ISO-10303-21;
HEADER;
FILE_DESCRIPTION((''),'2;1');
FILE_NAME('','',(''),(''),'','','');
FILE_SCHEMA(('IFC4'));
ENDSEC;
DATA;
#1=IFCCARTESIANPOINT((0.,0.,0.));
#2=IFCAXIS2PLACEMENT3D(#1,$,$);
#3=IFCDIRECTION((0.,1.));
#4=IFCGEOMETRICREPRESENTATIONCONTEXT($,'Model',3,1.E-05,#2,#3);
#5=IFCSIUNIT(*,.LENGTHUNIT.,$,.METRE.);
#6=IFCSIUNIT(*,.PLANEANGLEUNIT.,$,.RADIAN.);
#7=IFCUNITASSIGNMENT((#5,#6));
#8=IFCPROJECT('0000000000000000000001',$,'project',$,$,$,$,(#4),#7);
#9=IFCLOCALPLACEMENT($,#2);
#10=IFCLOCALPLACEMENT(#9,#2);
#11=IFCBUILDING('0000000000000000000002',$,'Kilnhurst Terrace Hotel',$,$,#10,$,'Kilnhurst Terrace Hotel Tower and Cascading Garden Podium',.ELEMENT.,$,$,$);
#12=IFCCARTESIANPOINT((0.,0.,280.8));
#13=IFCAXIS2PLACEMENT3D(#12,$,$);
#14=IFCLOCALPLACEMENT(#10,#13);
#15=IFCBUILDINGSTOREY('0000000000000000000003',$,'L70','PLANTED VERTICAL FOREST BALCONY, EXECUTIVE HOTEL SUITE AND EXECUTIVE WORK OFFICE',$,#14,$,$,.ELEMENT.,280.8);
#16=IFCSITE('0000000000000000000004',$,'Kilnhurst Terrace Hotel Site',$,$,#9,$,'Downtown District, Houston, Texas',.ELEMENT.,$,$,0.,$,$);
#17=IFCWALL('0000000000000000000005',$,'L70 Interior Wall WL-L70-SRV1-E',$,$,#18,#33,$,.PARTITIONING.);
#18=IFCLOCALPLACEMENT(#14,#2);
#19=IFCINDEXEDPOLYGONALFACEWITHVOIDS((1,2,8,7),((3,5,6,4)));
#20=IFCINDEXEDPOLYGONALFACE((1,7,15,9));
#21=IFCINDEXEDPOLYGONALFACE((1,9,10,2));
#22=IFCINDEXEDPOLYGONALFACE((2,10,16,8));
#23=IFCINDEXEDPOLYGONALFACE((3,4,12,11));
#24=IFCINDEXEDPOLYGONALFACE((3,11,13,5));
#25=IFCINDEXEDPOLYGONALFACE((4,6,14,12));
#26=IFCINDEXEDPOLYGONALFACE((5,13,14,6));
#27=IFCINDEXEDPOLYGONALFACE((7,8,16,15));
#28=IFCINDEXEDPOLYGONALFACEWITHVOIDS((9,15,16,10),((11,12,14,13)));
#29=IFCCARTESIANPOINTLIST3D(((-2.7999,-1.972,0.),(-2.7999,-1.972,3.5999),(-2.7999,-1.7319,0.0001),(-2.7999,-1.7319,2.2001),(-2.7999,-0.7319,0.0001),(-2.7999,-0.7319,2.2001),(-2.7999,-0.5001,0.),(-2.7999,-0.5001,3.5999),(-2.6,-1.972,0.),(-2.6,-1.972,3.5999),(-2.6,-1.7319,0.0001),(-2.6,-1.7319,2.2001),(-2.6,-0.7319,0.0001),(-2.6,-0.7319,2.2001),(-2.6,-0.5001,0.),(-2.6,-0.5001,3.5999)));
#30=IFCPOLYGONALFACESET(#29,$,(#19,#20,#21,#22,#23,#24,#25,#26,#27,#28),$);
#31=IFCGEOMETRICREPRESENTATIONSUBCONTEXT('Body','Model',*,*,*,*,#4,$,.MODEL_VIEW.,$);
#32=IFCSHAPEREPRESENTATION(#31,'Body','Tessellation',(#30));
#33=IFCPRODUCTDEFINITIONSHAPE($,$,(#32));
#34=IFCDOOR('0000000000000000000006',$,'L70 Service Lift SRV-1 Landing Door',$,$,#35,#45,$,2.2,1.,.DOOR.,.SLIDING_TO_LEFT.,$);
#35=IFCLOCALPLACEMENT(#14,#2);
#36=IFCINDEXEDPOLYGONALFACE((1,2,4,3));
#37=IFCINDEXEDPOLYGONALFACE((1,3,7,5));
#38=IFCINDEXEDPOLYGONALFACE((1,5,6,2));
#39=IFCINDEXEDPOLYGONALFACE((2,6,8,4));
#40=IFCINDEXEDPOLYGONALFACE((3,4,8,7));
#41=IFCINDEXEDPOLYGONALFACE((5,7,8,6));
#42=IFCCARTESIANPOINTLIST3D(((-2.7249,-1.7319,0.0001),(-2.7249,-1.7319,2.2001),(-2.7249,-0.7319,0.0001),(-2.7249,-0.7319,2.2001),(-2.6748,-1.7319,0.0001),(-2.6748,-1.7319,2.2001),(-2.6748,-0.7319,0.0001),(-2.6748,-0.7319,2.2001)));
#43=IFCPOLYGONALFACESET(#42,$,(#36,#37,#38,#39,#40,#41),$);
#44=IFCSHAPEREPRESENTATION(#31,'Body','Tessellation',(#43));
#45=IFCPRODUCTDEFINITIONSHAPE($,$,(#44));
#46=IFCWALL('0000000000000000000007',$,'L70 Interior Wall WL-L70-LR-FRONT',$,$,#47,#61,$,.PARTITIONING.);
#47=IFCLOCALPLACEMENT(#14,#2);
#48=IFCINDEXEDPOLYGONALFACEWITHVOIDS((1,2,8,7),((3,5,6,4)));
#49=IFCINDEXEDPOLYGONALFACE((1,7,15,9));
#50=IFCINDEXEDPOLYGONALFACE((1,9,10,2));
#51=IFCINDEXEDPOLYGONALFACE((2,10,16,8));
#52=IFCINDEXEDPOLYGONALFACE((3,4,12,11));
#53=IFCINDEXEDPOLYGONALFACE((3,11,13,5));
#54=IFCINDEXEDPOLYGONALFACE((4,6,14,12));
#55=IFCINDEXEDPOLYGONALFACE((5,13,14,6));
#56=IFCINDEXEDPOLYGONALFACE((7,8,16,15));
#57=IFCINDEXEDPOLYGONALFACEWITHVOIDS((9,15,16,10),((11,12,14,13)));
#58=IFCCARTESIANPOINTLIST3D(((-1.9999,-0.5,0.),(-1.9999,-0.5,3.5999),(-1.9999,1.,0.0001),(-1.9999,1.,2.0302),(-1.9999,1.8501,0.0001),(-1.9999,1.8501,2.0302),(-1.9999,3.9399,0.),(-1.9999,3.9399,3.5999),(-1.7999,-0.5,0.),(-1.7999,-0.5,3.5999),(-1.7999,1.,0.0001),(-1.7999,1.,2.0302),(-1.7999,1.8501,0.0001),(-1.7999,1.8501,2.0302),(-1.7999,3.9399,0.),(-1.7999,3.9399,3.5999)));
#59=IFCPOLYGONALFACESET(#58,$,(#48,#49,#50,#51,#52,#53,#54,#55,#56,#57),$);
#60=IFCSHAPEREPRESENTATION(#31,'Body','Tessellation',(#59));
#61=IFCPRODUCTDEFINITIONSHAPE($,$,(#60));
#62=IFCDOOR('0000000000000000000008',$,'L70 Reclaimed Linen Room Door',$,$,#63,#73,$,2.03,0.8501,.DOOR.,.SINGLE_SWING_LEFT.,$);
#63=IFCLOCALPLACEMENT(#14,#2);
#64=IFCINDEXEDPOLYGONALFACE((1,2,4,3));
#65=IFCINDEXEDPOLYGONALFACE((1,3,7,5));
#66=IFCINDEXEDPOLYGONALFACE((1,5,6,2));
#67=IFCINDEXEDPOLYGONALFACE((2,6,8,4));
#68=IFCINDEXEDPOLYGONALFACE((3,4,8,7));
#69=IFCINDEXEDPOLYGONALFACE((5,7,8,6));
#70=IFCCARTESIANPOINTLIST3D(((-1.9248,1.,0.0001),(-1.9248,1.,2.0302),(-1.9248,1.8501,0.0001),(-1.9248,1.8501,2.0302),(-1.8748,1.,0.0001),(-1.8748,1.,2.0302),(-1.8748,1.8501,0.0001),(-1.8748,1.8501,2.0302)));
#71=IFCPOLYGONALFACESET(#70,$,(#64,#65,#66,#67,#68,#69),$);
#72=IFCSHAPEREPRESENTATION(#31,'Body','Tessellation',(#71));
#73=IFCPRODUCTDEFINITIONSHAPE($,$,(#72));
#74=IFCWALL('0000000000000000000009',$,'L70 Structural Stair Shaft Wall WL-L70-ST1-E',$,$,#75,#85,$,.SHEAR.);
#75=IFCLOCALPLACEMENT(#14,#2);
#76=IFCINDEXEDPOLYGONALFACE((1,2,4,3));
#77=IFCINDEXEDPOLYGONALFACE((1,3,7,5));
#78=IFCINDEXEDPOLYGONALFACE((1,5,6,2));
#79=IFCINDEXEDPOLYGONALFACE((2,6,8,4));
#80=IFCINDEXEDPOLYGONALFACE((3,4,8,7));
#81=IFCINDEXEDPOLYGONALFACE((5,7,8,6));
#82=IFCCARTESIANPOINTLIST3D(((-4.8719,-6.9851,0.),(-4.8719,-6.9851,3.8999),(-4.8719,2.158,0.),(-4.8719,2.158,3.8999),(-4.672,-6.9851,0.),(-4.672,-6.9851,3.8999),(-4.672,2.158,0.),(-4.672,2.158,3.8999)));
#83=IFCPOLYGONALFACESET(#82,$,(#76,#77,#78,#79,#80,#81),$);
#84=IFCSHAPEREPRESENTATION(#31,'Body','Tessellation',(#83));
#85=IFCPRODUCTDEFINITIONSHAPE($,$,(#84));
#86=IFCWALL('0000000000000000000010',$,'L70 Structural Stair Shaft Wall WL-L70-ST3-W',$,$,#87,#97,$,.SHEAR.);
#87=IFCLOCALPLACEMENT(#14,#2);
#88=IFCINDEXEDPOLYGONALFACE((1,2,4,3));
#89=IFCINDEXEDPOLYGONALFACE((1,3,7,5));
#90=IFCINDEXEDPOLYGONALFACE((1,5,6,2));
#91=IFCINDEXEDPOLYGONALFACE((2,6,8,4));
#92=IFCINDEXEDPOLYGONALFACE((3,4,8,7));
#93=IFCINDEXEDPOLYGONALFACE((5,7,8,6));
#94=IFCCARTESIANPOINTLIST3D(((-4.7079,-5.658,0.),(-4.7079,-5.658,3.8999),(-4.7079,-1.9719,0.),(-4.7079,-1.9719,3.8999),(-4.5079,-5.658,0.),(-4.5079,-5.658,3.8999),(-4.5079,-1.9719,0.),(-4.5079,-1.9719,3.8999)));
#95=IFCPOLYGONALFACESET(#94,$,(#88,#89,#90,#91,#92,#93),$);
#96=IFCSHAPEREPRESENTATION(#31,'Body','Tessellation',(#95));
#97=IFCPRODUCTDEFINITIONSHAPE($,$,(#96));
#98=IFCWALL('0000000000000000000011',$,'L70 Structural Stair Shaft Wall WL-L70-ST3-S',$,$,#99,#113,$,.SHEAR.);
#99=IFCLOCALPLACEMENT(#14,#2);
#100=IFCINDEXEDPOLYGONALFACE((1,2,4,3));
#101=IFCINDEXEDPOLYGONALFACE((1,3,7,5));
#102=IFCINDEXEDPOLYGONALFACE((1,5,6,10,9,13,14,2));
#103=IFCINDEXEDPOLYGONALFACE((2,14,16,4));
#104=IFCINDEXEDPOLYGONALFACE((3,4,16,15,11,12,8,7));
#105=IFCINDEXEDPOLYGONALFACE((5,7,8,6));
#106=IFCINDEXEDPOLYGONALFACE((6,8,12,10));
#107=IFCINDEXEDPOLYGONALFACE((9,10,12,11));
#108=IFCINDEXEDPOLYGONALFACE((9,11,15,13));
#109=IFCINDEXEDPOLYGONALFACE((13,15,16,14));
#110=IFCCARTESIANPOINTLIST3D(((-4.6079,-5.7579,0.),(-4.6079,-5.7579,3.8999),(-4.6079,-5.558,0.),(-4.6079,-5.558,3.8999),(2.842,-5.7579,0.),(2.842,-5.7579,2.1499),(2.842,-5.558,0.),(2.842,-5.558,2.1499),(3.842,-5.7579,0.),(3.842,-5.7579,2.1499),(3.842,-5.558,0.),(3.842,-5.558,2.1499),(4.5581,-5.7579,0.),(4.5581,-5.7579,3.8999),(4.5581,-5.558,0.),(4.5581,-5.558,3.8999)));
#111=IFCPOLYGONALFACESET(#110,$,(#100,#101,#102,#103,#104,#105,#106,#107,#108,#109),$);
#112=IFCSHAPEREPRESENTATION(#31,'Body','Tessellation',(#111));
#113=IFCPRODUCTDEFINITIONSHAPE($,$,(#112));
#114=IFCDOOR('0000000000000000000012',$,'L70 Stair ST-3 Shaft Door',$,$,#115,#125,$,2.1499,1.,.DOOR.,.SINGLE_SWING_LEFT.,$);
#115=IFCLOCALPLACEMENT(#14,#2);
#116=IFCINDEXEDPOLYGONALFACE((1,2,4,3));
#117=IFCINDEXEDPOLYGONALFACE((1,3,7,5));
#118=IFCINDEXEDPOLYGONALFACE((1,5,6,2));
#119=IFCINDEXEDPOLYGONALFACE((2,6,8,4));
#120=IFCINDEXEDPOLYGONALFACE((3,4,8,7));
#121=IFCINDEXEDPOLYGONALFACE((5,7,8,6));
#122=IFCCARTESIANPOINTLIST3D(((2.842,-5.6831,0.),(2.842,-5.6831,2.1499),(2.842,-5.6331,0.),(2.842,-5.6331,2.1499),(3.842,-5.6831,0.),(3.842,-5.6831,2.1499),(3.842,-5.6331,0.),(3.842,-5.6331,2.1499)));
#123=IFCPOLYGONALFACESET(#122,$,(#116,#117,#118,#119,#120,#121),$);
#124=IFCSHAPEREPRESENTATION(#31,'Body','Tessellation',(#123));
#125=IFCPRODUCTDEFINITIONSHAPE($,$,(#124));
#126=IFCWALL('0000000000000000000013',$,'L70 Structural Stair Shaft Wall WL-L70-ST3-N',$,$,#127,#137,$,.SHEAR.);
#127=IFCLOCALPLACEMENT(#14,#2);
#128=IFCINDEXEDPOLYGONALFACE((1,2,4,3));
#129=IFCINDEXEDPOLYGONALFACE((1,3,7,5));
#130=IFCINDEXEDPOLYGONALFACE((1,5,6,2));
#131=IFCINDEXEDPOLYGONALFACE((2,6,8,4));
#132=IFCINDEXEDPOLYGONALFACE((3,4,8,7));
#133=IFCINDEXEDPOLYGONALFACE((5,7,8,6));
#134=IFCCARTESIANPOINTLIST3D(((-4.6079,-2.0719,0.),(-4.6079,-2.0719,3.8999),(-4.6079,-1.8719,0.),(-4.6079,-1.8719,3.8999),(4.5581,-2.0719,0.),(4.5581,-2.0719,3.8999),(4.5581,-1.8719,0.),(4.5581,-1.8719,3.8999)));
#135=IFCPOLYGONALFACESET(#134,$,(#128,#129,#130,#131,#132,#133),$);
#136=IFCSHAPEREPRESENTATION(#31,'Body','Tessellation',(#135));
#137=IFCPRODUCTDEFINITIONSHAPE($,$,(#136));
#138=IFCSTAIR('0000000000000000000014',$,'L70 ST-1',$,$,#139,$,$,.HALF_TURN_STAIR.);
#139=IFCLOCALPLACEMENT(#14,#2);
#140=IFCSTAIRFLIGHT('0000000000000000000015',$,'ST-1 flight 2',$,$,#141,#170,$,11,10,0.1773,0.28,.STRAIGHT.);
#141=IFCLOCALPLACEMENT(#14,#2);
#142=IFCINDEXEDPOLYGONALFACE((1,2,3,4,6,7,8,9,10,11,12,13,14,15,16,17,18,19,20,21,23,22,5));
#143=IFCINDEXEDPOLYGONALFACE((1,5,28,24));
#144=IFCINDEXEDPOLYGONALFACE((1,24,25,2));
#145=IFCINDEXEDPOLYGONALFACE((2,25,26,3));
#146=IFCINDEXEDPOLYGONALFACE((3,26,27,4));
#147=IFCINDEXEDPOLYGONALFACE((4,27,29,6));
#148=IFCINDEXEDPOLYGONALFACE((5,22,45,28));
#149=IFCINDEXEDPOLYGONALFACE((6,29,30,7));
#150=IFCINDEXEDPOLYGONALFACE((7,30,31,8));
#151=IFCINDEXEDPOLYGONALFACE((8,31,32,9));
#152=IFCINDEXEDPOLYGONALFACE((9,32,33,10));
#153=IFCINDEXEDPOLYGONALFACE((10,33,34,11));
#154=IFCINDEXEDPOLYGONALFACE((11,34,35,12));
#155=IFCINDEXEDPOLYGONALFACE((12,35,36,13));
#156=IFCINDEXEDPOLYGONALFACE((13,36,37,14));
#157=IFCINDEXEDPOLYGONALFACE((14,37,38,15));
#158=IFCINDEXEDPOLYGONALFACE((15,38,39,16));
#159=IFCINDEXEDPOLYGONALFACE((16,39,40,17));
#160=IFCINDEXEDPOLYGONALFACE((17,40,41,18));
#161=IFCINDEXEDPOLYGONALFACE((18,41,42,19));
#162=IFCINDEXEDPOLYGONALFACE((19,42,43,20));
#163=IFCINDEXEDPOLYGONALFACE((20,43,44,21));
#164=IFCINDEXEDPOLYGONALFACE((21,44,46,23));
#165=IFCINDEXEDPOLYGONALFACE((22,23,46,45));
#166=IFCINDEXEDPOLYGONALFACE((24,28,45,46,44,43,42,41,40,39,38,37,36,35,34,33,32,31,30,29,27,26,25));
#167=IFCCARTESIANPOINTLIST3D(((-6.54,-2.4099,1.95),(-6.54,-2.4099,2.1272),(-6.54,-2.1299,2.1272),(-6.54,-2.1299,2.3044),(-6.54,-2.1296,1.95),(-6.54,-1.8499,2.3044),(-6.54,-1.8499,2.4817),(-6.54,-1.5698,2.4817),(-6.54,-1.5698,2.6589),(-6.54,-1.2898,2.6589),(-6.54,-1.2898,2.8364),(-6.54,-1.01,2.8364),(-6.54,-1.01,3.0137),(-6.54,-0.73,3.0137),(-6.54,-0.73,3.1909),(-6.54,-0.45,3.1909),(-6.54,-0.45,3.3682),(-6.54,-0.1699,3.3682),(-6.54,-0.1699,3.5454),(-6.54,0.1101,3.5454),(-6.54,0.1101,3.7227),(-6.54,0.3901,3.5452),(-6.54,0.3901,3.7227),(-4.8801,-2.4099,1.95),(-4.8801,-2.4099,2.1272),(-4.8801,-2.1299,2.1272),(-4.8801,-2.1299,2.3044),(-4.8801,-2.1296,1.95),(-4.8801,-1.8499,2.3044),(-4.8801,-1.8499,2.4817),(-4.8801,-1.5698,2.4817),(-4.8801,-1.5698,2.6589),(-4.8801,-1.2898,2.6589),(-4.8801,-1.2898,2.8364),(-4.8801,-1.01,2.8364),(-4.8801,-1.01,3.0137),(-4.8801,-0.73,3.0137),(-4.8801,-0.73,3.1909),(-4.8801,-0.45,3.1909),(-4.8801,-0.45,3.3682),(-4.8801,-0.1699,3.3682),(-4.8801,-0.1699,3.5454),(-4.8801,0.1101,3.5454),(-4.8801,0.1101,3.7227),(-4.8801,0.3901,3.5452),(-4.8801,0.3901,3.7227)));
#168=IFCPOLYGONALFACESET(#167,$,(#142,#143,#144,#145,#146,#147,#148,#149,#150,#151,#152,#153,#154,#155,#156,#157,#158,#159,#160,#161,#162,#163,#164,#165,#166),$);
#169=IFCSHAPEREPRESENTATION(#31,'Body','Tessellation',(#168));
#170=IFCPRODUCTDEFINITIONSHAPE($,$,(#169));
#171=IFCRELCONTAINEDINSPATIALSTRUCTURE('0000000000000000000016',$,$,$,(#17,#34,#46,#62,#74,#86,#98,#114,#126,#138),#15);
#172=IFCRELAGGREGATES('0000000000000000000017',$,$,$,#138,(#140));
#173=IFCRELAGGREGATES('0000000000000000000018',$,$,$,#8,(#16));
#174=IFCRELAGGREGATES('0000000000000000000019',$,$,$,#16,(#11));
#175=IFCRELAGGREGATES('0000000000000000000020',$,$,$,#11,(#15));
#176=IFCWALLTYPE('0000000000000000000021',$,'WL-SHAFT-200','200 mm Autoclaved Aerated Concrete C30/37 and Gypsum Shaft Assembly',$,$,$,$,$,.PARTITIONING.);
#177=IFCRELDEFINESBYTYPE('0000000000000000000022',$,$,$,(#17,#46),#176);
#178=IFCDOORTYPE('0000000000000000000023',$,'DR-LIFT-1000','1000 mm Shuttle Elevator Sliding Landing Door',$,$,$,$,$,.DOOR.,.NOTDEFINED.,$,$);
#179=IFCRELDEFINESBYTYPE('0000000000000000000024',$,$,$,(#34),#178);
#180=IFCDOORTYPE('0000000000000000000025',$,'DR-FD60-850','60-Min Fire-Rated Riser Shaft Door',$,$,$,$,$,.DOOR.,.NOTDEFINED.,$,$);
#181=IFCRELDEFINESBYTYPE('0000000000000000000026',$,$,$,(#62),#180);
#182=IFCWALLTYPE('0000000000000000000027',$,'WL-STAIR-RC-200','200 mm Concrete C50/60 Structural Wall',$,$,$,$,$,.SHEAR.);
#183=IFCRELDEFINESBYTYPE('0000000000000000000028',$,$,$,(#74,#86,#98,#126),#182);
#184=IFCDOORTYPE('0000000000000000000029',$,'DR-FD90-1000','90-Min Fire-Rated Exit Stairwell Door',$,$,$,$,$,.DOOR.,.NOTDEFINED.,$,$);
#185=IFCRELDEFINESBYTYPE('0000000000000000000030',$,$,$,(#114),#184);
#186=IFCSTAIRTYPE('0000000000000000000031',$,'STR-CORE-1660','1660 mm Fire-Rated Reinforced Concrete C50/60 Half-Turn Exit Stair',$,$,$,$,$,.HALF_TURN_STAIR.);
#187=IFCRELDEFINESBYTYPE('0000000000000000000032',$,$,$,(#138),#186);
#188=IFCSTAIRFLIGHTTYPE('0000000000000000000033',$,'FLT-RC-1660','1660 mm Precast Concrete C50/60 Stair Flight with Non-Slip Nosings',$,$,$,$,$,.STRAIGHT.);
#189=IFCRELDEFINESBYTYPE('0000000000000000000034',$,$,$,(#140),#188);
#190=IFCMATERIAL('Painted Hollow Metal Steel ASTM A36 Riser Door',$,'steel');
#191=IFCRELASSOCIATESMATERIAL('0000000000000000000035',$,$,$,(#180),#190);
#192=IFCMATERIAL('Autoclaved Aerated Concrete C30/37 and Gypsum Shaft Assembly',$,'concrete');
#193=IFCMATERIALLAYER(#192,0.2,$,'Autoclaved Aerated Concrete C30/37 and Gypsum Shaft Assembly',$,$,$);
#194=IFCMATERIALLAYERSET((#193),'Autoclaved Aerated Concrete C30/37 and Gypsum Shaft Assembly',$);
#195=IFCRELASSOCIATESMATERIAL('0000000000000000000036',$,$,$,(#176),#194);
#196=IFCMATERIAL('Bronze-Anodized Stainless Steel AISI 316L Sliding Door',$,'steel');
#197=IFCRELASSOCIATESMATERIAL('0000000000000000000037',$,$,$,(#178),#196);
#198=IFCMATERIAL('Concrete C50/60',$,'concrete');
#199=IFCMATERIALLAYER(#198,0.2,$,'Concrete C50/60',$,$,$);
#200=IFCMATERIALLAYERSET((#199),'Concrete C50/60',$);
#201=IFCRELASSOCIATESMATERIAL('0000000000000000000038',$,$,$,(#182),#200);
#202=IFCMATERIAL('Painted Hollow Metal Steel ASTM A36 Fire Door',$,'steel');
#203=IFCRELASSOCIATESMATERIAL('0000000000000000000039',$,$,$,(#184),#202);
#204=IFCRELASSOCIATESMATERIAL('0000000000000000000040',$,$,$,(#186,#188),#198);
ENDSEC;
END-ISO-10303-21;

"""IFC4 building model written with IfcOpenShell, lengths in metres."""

from ifc_helpers import new_model, si_unit, direction, frame, frame_2d, origin, place, context, subcontext, project, spatial, polyline, rectangle, outline, extrude, material, layer, layer_set, type_object, element, fill, aggregate, save


model = new_model("IFC4")

# Units and contexts
model_context = context("Model", 3, precision=1e-05, world=origin(), true_north=direction((0.0, 1.0)))
body_context = subcontext(model_context, "Body", "Model", "MODEL_VIEW")
ifc_project = project(units=[si_unit("LENGTHUNIT", "METRE"), si_unit("PLANEANGLEUNIT", "RADIAN")], contexts=[model_context])

# Site, building, storey
site_placement = place(None, origin())
site = spatial("IfcSite", under=ifc_project, at=site_placement, Name="Kilnhurst Terrace Hotel Site", LongName="Downtown District, Houston, Texas", CompositionType="ELEMENT", RefElevation=0.0)
building_placement = place(site_placement, origin())
building = spatial("IfcBuilding", under=site, at=building_placement, Name="Kilnhurst Terrace Hotel", LongName="Kilnhurst Terrace Hotel Tower and Cascading Garden Podium", CompositionType="ELEMENT")
storey_placement = place(building_placement, frame((0.0, 0.0, 280.8)))
storey = spatial("IfcBuildingStorey", under=building, at=storey_placement, Name="L70", Description="PLANTED VERTICAL FOREST BALCONY, EXECUTIVE HOTEL SUITE AND EXECUTIVE WORK OFFICE", CompositionType="ELEMENT", Elevation=280.8)

# Shared definitions
ifc_material_1 = material(Name="Concrete C50/60", Category="concrete")

# Shared definitions
ifc_material_2 = material(Name="Painted Hollow Metal Steel ASTM A36 Riser Door", Category="steel")
door_type_1 = type_object("IfcDoorType", Name="DR-FD60-850", Description="60-Min Fire-Rated Riser Shaft Door", OperationType="NOTDEFINED", PredefinedType="DOOR", material=ifc_material_2)

# Walls, openings, doors
ifc_material_3 = material(Name="Autoclaved Aerated Concrete C30/37 and Gypsum Shaft Assembly", Category="concrete")
ifc_layer_1 = layer(ifc_material_3, 0.2, Name="Autoclaved Aerated Concrete C30/37 and Gypsum Shaft Assembly")
ifc_layer_set_1 = layer_set([ifc_layer_1], Name="Autoclaved Aerated Concrete C30/37 and Gypsum Shaft Assembly")
wall_type_1 = type_object("IfcWallType", Name="WL-SHAFT-200", Description="200 mm Autoclaved Aerated Concrete C30/37 and Gypsum Shaft Assembly", PredefinedType="PARTITIONING", material=ifc_layer_set_1)
wall_1_placement = place(storey_placement, frame((-2.7, -1.9719, 0.0), z_axis=(0.0, 0.0, 1.0), x_axis=(0.0, 1.0, 0.0)))
wall_1 = element("IfcWall", 1, at=wall_1_placement, inside=storey, type_object=wall_type_1, Name="L70 Interior Wall WL-L70-SRV1-E", PredefinedType="PARTITIONING", context=body_context, shape_type="SweptSolid", body=[
    extrude(rectangle(XDim=1.4719, YDim=0.2, at=frame_2d((0.7358, 0.0))), origin(), (0.0, 0.0, 1.0), 3.5999),
])
opening_1_placement = place(wall_1_placement, frame((0.24, 0.0, 0.0)))
opening_1 = element("IfcOpeningElement", 2, at=opening_1_placement, cuts=wall_1, PredefinedType="OPENING", context=body_context, shape_type="SweptSolid", body=[
    extrude(rectangle(XDim=1.0, YDim=2.2, at=frame_2d((0.5, 1.1001))), frame((0.0, 0.1099, 0.0), z_axis=(0.0, -1.0, 0.0), x_axis=(1.0, 0.0, 0.0)), (0.0, 0.0, 1.0), 0.22),
])
ifc_material_4 = material(Name="Bronze-Anodized Stainless Steel AISI 316L Sliding Door", Category="steel")
door_type_2 = type_object("IfcDoorType", Name="DR-LIFT-1000", Description="1000 mm Shuttle Elevator Sliding Landing Door", OperationType="NOTDEFINED", PredefinedType="DOOR", material=ifc_material_4)
door_1_placement = place(opening_1_placement, origin())
door_1 = element("IfcDoor", 3, at=door_1_placement, inside=storey, type_object=door_type_2, Name="L70 Service Lift SRV-1 Landing Door", OperationType="SLIDING_TO_LEFT", OverallHeight=2.2, OverallWidth=1.0, PredefinedType="DOOR", context=body_context, shape_type="SweptSolid", body=[
    extrude(rectangle(XDim=1.0, YDim=2.2, at=frame_2d((0.5, 1.1001))), frame((0.0, 0.0249, 0.0), z_axis=(0.0, -1.0, 0.0), x_axis=(1.0, 0.0, 0.0)), (0.0, 0.0, 1.0), 0.05),
])
fill(opening_1, door_1)
wall_2_placement = place(storey_placement, frame((-1.8999, -0.5, 0.0), z_axis=(0.0, 0.0, 1.0), x_axis=(0.0, 1.0, 0.0)))
wall_2 = element("IfcWall", 4, at=wall_2_placement, inside=storey, type_object=wall_type_1, Name="L70 Interior Wall WL-L70-LR-FRONT", PredefinedType="PARTITIONING", context=body_context, shape_type="SweptSolid", body=[
    extrude(rectangle(XDim=4.4399, YDim=0.2, at=frame_2d((2.22, 0.0))), origin(), (0.0, 0.0, 1.0), 3.5999),
])
opening_2_placement = place(wall_2_placement, frame((1.5, 0.0, 0.0)))
opening_2 = element("IfcOpeningElement", 5, at=opening_2_placement, cuts=wall_2, PredefinedType="OPENING", context=body_context, shape_type="SweptSolid", body=[
    extrude(rectangle(XDim=0.8501, YDim=2.03, at=frame_2d((0.425, 1.0151))), frame((0.0, 0.1099, 0.0), z_axis=(0.0, -1.0, 0.0), x_axis=(1.0, 0.0, 0.0)), (0.0, 0.0, 1.0), 0.22),
])
door_2_placement = place(opening_2_placement, origin())
door_2 = element("IfcDoor", 6, at=door_2_placement, inside=storey, type_object=door_type_1, Name="L70 Reclaimed Linen Room Door", OperationType="SINGLE_SWING_LEFT", OverallHeight=2.03, OverallWidth=0.8501, PredefinedType="DOOR", context=body_context, shape_type="SweptSolid", body=[
    extrude(rectangle(XDim=0.8501, YDim=2.03, at=frame_2d((0.425, 1.0151))), frame((0.0, 0.0249, 0.0), z_axis=(0.0, -1.0, 0.0), x_axis=(1.0, 0.0, 0.0)), (0.0, 0.0, 1.0), 0.05),
])
fill(opening_2, door_2)

# Walls
ifc_layer_2 = layer(ifc_material_1, 0.2, Name="Concrete C50/60")
ifc_layer_set_2 = layer_set([ifc_layer_2], Name="Concrete C50/60")
wall_type_2 = type_object("IfcWallType", Name="WL-STAIR-RC-200", Description="200 mm Concrete C50/60 Structural Wall", PredefinedType="SHEAR", material=ifc_layer_set_2)
wall_3_placement = place(storey_placement, frame((-4.772, -6.9851, 0.0), z_axis=(0.0, 0.0, 1.0), x_axis=(0.0, 1.0, 0.0)))
element("IfcWall", 7, at=wall_3_placement, inside=storey, type_object=wall_type_2, Name="L70 Structural Stair Shaft Wall WL-L70-ST1-E", PredefinedType="SHEAR", context=body_context, shape_type="SweptSolid", body=[
    extrude(rectangle(XDim=9.1431, YDim=0.2, at=frame_2d((4.5715, 0.0))), origin(), (0.0, 0.0, 1.0), 3.8999),
])
wall_4_placement = place(storey_placement, frame((-4.6079, -5.658, 0.0), z_axis=(0.0, 0.0, 1.0), x_axis=(0.0, 1.0, 0.0)))
element("IfcWall", 8, at=wall_4_placement, inside=storey, type_object=wall_type_2, Name="L70 Structural Stair Shaft Wall WL-L70-ST3-W", PredefinedType="SHEAR", context=body_context, shape_type="SweptSolid", body=[
    extrude(rectangle(XDim=3.686, YDim=0.2, at=frame_2d((1.843, 0.0))), origin(), (0.0, 0.0, 1.0), 3.8999),
])

# Wall, opening, door
wall_5_placement = place(storey_placement, frame((-4.6079, -5.658, 0.0), z_axis=(0.0, 0.0, 1.0), x_axis=(1.0, 0.0, 0.0)))
wall_5 = element("IfcWall", 9, at=wall_5_placement, inside=storey, type_object=wall_type_2, Name="L70 Structural Stair Shaft Wall WL-L70-ST3-S", PredefinedType="SHEAR", context=body_context, shape_type="SweptSolid", body=[
    extrude(rectangle(XDim=9.166, YDim=0.2, at=frame_2d((4.583, 0.0))), origin(), (0.0, 0.0, 1.0), 3.8999),
])
opening_3_placement = place(wall_5_placement, frame((7.45, 0.0, 0.0)))
opening_3 = element("IfcOpeningElement", 10, at=opening_3_placement, cuts=wall_5, PredefinedType="OPENING", context=body_context, shape_type="SweptSolid", body=[
    extrude(rectangle(XDim=1.0, YDim=2.1499, at=frame_2d((0.5, 1.075))), frame((0.0, 0.1099, 0.0), z_axis=(0.0, -1.0, 0.0), x_axis=(1.0, 0.0, 0.0)), (0.0, 0.0, 1.0), 0.22),
])
ifc_material_5 = material(Name="Painted Hollow Metal Steel ASTM A36 Fire Door", Category="steel")
door_type_3 = type_object("IfcDoorType", Name="DR-FD90-1000", Description="90-Min Fire-Rated Exit Stairwell Door", OperationType="NOTDEFINED", PredefinedType="DOOR", material=ifc_material_5)
door_3_placement = place(opening_3_placement, origin())
door_3 = element("IfcDoor", 11, at=door_3_placement, inside=storey, type_object=door_type_3, Name="L70 Stair ST-3 Shaft Door", OperationType="SINGLE_SWING_LEFT", OverallHeight=2.1499, OverallWidth=1.0, PredefinedType="DOOR", context=body_context, shape_type="SweptSolid", body=[
    extrude(rectangle(XDim=1.0, YDim=2.1499, at=frame_2d((0.5, 1.075))), frame((0.0, 0.0249, 0.0), z_axis=(0.0, -1.0, 0.0), x_axis=(1.0, 0.0, 0.0)), (0.0, 0.0, 1.0), 0.05),
])
fill(opening_3, door_3)

# Wall
wall_6_placement = place(storey_placement, frame((-4.6079, -1.9719, 0.0), z_axis=(0.0, 0.0, 1.0), x_axis=(1.0, 0.0, 0.0)))
element("IfcWall", 12, at=wall_6_placement, inside=storey, type_object=wall_type_2, Name="L70 Structural Stair Shaft Wall WL-L70-ST3-N", PredefinedType="SHEAR", context=body_context, shape_type="SweptSolid", body=[
    extrude(rectangle(XDim=9.166, YDim=0.2, at=frame_2d((4.583, 0.0))), origin(), (0.0, 0.0, 1.0), 3.8999),
])

# Stair, stair flight
stair_type = type_object("IfcStairType", Name="STR-CORE-1660", Description="1660 mm Fire-Rated Reinforced Concrete C50/60 Half-Turn Exit Stair", PredefinedType="HALF_TURN_STAIR", material=ifc_material_1)
stair_1_placement = place(storey_placement, origin())
stair_1 = element("IfcStair", 13, at=stair_1_placement, inside=storey, type_object=stair_type, Name="L70 ST-1", PredefinedType="HALF_TURN_STAIR")
stair_flight_type = type_object("IfcStairFlightType", Name="FLT-RC-1660", Description="1660 mm Precast Concrete C50/60 Stair Flight with Non-Slip Nosings", PredefinedType="STRAIGHT", material=ifc_material_1)
stair_flight_1_placement = place(storey_placement, frame((-5.71, -2.4099, 1.95), z_axis=(0.0, 0.0, 1.0), x_axis=(0.0, 1.0, 0.0)))
stair_flight_1 = element("IfcStairFlight", 14, at=stair_flight_1_placement, type_object=stair_flight_type, Name="ST-1 flight 2", NumberOfRisers=11, NumberOfTreads=10, PredefinedType="STRAIGHT", RiserHeight=0.1773, TreadLength=0.28, context=body_context, shape_type="SweptSolid", body=[
    extrude(outline(polyline([(0.0, 0.0), (0.0, 0.1772), (0.28, 0.1772), (0.28, 0.3545), (0.5601, 0.3545), (0.5601, 0.5317), (0.8401, 0.5317), (0.8401, 0.709), (1.1201, 0.709), (1.1201, 0.8865), (1.3999, 0.8865), (1.3999, 1.0637), (1.6799, 1.0637), (1.6799, 1.241), (1.96, 1.241), (1.96, 1.4182), (2.24, 1.4182), (2.24, 1.5955), (2.52, 1.5955), (2.52, 1.7727), (2.8, 1.7727), (2.8, 1.95), (2.8, 1.5952), (0.2803, 0.0), (0.0, 0.0)])), frame((0.0, 0.8301, 0.0), z_axis=(0.0, -1.0, 0.0), x_axis=(1.0, 0.0, 0.0)), (0.0, 0.0, 1.0), 1.6599),
])
aggregate(stair_1, [stair_flight_1])

save(model, "model.ifc")
